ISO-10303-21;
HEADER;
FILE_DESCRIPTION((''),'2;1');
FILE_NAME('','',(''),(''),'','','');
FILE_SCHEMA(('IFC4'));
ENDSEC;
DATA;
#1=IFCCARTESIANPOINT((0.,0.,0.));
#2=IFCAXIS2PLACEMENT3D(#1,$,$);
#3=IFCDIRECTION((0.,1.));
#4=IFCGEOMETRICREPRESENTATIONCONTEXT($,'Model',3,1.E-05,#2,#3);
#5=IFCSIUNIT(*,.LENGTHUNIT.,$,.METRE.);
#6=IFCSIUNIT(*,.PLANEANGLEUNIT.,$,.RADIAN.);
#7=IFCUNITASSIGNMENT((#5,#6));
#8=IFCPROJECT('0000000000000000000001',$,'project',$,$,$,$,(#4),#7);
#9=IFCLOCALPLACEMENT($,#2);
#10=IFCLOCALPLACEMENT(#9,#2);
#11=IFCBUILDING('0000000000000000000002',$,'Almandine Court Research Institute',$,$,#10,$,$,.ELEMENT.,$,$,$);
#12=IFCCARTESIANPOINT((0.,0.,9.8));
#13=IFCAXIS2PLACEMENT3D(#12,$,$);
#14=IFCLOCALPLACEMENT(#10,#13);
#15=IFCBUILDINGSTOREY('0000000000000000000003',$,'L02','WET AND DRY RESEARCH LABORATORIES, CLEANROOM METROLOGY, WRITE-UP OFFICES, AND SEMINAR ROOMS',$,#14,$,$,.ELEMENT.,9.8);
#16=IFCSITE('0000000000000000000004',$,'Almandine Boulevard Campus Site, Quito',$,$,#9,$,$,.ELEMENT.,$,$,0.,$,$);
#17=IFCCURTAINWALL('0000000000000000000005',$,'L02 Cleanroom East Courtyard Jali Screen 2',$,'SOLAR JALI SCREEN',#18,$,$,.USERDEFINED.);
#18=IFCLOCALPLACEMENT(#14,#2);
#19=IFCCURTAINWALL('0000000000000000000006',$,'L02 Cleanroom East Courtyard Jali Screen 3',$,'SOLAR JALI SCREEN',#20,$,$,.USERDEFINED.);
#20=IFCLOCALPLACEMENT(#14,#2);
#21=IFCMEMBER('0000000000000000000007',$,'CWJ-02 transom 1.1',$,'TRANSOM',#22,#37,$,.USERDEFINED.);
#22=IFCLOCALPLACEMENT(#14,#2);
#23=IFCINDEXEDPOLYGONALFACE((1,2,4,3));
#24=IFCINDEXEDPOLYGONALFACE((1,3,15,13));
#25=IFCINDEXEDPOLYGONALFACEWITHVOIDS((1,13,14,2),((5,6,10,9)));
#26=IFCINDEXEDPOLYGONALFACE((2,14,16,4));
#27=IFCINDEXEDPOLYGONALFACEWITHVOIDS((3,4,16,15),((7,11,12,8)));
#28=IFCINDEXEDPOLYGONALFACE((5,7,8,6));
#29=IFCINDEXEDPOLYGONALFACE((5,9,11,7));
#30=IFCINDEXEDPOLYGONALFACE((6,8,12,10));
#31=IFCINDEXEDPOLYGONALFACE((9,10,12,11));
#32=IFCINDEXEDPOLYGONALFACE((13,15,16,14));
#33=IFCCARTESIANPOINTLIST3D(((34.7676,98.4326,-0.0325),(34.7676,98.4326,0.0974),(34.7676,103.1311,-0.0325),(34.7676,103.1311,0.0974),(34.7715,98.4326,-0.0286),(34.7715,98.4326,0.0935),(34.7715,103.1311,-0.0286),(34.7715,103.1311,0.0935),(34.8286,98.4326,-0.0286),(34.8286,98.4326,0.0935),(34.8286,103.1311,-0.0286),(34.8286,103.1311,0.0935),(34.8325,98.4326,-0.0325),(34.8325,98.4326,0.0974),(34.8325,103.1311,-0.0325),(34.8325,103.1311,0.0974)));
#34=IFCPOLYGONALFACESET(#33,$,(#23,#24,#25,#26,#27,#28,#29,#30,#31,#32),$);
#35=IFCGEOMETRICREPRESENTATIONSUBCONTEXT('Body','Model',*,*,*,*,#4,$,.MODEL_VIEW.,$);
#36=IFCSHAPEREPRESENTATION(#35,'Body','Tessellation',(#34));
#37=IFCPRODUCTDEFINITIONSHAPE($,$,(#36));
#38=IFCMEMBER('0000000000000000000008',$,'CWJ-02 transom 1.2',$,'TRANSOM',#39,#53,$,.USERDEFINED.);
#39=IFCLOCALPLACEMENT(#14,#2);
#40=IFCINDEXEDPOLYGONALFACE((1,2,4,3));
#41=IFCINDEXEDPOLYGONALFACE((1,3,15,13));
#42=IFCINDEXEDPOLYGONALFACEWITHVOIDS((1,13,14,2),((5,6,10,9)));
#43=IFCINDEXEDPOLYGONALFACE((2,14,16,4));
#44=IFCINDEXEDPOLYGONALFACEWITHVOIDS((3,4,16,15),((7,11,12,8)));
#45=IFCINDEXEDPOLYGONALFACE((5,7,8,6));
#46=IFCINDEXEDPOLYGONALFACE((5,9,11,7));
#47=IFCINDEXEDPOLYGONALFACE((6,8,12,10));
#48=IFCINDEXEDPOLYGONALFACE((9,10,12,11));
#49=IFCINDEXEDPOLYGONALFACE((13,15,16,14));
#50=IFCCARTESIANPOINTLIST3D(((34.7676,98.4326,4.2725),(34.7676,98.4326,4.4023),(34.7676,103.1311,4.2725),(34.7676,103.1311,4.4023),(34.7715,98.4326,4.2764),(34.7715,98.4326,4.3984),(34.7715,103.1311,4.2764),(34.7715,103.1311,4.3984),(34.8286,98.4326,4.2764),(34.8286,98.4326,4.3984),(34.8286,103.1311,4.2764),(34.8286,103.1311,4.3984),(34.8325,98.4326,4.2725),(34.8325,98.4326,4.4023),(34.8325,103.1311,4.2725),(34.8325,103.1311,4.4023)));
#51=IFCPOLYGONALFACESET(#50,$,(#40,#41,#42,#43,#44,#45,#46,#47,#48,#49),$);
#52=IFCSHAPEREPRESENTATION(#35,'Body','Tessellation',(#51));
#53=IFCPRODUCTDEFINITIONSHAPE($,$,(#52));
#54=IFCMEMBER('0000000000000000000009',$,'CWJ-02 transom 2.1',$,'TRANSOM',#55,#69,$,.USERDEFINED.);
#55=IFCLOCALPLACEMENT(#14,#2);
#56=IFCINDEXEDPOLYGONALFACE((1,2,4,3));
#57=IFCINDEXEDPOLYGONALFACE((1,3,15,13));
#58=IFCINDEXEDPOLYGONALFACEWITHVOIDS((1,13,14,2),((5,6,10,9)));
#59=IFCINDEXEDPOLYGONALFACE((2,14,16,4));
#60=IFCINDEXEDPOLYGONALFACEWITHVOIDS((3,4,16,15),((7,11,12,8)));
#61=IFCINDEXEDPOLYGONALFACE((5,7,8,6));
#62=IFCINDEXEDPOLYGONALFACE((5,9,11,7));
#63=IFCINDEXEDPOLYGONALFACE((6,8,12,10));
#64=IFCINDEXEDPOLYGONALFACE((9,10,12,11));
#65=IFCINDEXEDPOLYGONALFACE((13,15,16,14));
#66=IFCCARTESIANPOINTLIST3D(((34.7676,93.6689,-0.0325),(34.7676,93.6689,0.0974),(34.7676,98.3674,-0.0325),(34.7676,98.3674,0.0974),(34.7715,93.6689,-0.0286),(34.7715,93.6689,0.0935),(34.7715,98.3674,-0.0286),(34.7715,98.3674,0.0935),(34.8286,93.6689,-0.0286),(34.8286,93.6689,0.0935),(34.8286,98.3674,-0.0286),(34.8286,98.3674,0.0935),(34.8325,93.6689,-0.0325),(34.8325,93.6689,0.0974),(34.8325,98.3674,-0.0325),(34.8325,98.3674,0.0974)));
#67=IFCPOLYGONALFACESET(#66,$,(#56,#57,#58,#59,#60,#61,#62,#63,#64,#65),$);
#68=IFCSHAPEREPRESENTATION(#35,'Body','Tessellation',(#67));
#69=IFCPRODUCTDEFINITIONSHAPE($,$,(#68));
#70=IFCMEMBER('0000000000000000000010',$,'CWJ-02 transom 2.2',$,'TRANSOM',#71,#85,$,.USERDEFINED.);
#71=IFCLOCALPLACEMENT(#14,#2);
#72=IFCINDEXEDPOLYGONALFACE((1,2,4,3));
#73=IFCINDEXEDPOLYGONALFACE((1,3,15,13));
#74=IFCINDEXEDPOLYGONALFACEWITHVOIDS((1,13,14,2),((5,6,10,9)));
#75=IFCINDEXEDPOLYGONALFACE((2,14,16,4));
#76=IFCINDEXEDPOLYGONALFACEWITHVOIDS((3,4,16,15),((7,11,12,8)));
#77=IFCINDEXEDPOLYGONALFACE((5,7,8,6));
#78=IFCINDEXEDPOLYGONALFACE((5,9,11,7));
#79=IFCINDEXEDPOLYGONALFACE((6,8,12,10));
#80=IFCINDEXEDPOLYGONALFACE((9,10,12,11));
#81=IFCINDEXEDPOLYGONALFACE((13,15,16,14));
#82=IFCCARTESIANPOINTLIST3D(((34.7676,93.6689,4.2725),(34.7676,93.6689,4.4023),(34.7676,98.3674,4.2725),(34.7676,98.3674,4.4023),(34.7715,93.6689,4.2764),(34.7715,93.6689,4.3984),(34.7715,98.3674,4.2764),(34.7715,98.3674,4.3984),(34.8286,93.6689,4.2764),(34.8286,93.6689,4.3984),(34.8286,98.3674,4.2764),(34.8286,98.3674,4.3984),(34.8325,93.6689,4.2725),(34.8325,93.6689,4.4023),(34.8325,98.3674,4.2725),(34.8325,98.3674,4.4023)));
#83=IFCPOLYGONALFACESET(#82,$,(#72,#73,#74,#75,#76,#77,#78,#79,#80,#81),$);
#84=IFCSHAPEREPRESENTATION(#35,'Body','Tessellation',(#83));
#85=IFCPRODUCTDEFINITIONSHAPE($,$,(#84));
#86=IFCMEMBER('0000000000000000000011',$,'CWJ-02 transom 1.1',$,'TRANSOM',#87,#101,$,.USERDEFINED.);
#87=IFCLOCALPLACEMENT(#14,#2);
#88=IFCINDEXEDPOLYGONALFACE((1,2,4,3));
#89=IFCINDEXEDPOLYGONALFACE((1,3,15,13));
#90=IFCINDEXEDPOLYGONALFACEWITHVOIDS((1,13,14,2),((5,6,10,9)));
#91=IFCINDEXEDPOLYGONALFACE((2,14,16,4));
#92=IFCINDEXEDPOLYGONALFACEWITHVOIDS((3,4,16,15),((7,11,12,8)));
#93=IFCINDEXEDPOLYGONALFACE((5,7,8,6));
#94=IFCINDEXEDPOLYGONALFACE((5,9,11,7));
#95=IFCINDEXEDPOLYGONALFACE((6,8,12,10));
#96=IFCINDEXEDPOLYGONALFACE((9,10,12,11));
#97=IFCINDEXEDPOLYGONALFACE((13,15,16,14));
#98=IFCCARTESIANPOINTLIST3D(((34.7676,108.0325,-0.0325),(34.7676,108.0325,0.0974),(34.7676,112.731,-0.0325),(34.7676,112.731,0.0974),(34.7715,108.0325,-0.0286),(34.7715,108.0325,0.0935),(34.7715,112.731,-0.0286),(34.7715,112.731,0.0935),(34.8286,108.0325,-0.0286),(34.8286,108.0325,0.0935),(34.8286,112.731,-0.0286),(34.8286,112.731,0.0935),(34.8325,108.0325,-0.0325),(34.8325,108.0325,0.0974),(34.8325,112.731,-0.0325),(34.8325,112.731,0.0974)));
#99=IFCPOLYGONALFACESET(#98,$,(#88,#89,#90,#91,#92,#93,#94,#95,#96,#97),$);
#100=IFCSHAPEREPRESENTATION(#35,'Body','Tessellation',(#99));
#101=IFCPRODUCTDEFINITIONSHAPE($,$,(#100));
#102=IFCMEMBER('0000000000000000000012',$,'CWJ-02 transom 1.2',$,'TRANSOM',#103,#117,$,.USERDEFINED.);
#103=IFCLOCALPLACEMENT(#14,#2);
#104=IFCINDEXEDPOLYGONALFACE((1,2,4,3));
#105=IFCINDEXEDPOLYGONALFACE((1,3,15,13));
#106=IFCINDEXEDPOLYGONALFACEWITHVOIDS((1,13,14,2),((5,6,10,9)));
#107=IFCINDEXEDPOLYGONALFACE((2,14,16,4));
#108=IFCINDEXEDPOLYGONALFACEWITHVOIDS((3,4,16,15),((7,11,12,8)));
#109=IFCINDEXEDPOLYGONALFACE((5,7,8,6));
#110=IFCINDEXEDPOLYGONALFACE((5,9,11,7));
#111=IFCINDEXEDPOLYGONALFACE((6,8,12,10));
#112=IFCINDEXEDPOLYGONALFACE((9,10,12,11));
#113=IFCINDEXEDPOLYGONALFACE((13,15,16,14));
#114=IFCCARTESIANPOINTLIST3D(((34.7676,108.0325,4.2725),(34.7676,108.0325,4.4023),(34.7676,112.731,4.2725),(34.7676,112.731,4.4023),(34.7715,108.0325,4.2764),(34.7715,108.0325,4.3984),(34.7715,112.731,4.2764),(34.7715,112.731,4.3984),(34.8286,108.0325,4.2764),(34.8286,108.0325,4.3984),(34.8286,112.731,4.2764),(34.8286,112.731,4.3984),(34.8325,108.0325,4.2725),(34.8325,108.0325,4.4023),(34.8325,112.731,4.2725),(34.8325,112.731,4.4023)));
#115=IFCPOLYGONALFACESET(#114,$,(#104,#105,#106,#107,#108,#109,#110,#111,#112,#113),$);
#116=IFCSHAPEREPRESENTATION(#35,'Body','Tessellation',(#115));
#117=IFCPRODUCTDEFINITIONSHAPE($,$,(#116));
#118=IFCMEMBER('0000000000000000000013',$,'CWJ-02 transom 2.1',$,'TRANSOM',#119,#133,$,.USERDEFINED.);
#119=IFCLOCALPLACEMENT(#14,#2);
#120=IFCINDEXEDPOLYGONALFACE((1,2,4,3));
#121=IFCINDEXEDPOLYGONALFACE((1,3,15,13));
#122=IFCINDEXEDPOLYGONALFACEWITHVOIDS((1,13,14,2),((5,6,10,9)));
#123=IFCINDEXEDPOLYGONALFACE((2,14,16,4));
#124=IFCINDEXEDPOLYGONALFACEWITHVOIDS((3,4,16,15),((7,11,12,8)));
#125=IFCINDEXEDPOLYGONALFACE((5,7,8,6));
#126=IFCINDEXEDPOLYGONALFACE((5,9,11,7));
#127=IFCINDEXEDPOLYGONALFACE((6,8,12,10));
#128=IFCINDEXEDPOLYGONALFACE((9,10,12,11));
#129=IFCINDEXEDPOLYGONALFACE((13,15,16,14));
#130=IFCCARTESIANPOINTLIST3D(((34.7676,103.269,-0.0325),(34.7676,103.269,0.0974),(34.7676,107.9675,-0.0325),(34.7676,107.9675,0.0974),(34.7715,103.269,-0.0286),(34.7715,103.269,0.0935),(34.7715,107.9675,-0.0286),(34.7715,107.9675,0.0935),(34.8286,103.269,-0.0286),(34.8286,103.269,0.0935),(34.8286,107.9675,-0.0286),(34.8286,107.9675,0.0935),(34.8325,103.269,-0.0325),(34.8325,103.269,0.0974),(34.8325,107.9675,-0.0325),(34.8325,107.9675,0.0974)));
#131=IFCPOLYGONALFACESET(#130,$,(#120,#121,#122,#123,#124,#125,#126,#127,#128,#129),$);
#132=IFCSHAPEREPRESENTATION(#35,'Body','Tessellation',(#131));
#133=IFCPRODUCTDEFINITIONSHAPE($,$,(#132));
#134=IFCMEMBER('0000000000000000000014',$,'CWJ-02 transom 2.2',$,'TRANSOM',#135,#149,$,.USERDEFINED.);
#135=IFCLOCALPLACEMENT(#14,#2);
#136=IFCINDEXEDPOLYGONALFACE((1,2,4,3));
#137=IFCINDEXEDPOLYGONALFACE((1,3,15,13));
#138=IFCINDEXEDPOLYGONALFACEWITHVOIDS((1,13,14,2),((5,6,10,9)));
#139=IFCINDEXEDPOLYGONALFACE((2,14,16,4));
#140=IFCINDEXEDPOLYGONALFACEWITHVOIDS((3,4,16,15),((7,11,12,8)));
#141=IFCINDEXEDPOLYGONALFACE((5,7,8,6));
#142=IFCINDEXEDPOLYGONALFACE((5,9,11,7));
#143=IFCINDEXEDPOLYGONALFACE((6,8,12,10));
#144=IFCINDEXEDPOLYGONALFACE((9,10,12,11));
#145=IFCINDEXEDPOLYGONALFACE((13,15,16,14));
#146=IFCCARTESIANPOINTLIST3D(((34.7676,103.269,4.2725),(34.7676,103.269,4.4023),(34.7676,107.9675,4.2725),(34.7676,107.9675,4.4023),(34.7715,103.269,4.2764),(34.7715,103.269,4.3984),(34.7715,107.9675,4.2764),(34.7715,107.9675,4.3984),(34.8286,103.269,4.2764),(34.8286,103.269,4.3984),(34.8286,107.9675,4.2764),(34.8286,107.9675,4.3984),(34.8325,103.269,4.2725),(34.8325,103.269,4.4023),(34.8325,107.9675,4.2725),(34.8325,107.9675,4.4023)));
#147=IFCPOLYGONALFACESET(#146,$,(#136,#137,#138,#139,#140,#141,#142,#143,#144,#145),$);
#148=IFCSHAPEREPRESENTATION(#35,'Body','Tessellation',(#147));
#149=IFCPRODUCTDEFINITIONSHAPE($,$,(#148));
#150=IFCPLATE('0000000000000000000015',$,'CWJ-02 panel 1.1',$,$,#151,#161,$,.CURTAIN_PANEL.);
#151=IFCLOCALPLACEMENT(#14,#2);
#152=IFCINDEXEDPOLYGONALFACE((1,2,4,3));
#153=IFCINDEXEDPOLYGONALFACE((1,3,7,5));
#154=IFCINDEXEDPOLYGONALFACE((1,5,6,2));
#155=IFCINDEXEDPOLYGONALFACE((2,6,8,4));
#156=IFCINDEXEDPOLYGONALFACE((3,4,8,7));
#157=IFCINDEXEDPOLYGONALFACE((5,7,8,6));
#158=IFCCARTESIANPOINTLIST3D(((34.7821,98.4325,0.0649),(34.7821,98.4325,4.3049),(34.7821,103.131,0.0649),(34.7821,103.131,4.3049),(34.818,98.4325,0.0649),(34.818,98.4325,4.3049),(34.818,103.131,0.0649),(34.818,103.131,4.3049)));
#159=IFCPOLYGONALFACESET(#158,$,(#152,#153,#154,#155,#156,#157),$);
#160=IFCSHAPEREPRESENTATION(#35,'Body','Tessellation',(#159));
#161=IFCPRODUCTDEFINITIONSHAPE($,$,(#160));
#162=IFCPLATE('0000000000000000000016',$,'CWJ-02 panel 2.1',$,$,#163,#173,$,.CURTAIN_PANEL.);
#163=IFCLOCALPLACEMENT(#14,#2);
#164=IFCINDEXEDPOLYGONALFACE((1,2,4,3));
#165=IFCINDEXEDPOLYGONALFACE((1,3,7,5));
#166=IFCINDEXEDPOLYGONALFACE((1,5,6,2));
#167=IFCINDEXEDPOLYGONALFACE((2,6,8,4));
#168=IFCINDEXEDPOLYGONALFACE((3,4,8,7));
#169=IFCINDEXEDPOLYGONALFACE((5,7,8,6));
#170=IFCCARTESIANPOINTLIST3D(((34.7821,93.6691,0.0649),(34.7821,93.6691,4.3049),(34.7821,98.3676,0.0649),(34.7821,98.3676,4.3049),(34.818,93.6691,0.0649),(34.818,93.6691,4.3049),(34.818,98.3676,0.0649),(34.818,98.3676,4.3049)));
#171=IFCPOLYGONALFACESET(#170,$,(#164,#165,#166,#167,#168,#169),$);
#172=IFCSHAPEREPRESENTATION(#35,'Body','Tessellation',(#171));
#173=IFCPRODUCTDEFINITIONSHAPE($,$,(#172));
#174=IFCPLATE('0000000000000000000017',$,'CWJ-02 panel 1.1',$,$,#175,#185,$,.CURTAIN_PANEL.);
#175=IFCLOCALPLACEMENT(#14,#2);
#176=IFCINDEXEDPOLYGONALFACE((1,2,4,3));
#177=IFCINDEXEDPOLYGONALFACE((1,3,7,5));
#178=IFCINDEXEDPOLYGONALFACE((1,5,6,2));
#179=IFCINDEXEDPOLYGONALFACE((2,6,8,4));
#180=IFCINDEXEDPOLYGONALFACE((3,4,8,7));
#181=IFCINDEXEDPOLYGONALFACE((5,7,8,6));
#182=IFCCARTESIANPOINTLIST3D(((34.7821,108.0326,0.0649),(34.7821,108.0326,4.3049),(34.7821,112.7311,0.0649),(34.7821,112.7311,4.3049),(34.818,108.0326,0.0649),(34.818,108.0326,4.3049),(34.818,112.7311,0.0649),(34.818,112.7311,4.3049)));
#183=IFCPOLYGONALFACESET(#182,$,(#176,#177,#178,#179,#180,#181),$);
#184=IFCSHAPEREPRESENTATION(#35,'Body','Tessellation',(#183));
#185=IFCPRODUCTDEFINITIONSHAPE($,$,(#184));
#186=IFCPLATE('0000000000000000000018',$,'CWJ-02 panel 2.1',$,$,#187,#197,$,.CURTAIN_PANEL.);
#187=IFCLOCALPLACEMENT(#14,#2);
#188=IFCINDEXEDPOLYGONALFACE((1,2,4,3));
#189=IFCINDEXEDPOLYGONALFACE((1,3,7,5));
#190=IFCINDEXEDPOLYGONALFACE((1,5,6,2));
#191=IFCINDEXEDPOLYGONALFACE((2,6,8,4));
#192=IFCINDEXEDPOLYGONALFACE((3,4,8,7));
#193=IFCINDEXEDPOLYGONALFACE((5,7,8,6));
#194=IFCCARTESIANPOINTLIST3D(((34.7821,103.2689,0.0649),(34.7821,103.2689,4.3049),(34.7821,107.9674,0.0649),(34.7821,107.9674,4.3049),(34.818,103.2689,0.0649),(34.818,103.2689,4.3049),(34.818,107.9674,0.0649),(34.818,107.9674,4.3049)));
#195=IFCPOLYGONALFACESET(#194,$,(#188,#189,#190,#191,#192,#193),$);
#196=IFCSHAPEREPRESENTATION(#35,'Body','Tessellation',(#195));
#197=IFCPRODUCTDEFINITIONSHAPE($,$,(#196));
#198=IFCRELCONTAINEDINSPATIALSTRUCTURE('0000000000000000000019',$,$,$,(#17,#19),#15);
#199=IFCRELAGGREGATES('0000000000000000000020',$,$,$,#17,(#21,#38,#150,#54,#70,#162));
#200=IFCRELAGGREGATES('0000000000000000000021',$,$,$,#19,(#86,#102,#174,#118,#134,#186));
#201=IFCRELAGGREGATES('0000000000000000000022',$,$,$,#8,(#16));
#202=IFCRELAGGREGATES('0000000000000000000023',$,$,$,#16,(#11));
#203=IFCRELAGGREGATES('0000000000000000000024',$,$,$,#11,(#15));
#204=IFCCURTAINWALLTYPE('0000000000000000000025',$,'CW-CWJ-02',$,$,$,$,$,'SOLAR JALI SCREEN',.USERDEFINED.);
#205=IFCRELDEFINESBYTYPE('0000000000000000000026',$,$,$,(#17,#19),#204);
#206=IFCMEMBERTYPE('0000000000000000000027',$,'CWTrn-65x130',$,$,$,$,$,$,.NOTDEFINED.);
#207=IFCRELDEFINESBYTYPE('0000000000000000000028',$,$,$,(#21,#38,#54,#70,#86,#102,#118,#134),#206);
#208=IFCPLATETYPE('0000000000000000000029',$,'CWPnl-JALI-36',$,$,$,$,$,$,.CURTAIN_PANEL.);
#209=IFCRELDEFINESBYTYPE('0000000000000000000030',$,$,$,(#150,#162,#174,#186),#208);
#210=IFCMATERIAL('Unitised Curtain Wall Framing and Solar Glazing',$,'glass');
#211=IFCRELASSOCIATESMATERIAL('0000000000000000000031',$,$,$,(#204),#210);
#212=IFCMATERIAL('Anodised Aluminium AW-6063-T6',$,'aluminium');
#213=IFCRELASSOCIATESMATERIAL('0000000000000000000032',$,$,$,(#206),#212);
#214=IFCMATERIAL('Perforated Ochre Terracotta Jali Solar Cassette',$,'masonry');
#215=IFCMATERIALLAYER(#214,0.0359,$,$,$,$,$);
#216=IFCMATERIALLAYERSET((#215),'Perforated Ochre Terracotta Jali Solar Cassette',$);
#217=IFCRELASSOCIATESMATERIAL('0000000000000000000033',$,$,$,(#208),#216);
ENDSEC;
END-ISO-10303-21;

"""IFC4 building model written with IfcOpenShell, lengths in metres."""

from ifc_helpers import new_model, si_unit, direction, frame, origin, origin_2d, place, context, subcontext, project, spatial, rectangle, hollow_rectangle, extrude, material, layer, layer_set, material_profile, profile_set, type_object, element, aggregate, save


model = new_model("IFC4")

# Units and contexts
model_context = context("Model", 3, precision=1e-05, world=origin(), true_north=direction((0.0, 1.0)))
body_context = subcontext(model_context, "Body", "Model", "MODEL_VIEW")
ifc_project = project(units=[si_unit("LENGTHUNIT", "METRE"), si_unit("PLANEANGLEUNIT", "RADIAN")], contexts=[model_context])

# Site, building, storey
site_placement = place(None, origin())
site = spatial("IfcSite", under=ifc_project, at=site_placement, Name="Almandine Boulevard Campus Site, Quito", CompositionType="ELEMENT", RefElevation=0.0)
building_placement = place(site_placement, origin())
building = spatial("IfcBuilding", under=site, at=building_placement, Name="Almandine Court Research Institute", CompositionType="ELEMENT")
storey_placement = place(building_placement, frame((0.0, 0.0, 9.8)))
storey = spatial("IfcBuildingStorey", under=building, at=storey_placement, Name="L02", Description="WET AND DRY RESEARCH LABORATORIES, CLEANROOM METROLOGY, WRITE-UP OFFICES, AND SEMINAR ROOMS", CompositionType="ELEMENT", Elevation=9.8)

# Curtain walls
ifc_material_1 = material(Name="Unitised Curtain Wall Framing and Solar Glazing", Category="glass")
curtain_wall_type = type_object("IfcCurtainWallType", Name="CW-CWJ-02", ElementType="SOLAR JALI SCREEN", PredefinedType="USERDEFINED", material=ifc_material_1)
curtain_wall_1_placement = place(storey_placement, origin())
curtain_wall_1 = element("IfcCurtainWall", 1, at=curtain_wall_1_placement, inside=storey, type_object=curtain_wall_type, Name="L02 Cleanroom East Courtyard Jali Screen 2", ObjectType="SOLAR JALI SCREEN", PredefinedType="USERDEFINED")
ifc_material_2 = material(Name="Anodised Aluminium AW-6063-T6", Category="aluminium")
curtain_wall_2_placement = place(storey_placement, origin())
curtain_wall_2 = element("IfcCurtainWall", 2, at=curtain_wall_2_placement, inside=storey, type_object=curtain_wall_type, Name="L02 Cleanroom East Courtyard Jali Screen 3", ObjectType="SOLAR JALI SCREEN", PredefinedType="USERDEFINED")

# Members
ifc_material_profile_1 = material_profile(ifc_material_2, hollow_rectangle(XDim=0.0649, YDim=0.1299, WallThickness=0.0039, at=origin_2d()), Name="ALU RHS 65x130x4")
ifc_profile_set_1 = profile_set([ifc_material_profile_1], Name="Anodised Aluminium AW-6063-T6")
member_type_1 = type_object("IfcMemberType", Name="CWTrn-65x130", PredefinedType="NOTDEFINED", material=ifc_profile_set_1)
member_1_placement = place(storey_placement, frame((34.8, 103.1311, 0.0325), z_axis=(0.0, -1.0, 0.0), x_axis=(1.0, 0.0, 0.0)))
member_1 = element("IfcMember", 3, at=member_1_placement, type_object=member_type_1, Name="CWJ-02 transom 1.1", ObjectType="TRANSOM", PredefinedType="USERDEFINED", context=body_context, shape_type="SweptSolid", body=[
    extrude(hollow_rectangle(XDim=0.0649, YDim=0.1299, WallThickness=0.0039, at=origin_2d()), origin(), (0.0, 0.0, 1.0), 4.6985),
])
member_2_placement = place(storey_placement, frame((34.8, 103.1311, 4.3374), z_axis=(0.0, -1.0, 0.0), x_axis=(1.0, 0.0, 0.0)))
member_2 = element("IfcMember", 4, at=member_2_placement, type_object=member_type_1, Name="CWJ-02 transom 1.2", ObjectType="TRANSOM", PredefinedType="USERDEFINED", context=body_context, shape_type="SweptSolid", body=[
    extrude(hollow_rectangle(XDim=0.0649, YDim=0.1299, WallThickness=0.0039, at=origin_2d()), origin(), (0.0, 0.0, 1.0), 4.6985),
])
member_3_placement = place(storey_placement, frame((34.8, 98.3674, 0.0325), z_axis=(0.0, -1.0, 0.0), x_axis=(1.0, 0.0, 0.0)))
member_3 = element("IfcMember", 5, at=member_3_placement, type_object=member_type_1, Name="CWJ-02 transom 2.1", ObjectType="TRANSOM", PredefinedType="USERDEFINED", context=body_context, shape_type="SweptSolid", body=[
    extrude(hollow_rectangle(XDim=0.0649, YDim=0.1299, WallThickness=0.0039, at=origin_2d()), origin(), (0.0, 0.0, 1.0), 4.6985),
])
member_4_placement = place(storey_placement, frame((34.8, 98.3674, 4.3374), z_axis=(0.0, -1.0, 0.0), x_axis=(1.0, 0.0, 0.0)))
member_4 = element("IfcMember", 6, at=member_4_placement, type_object=member_type_1, Name="CWJ-02 transom 2.2", ObjectType="TRANSOM", PredefinedType="USERDEFINED", context=body_context, shape_type="SweptSolid", body=[
    extrude(hollow_rectangle(XDim=0.0649, YDim=0.1299, WallThickness=0.0039, at=origin_2d()), origin(), (0.0, 0.0, 1.0), 4.6985),
])
member_5_placement = place(storey_placement, frame((34.8, 112.731, 0.0325), z_axis=(0.0, -1.0, 0.0), x_axis=(1.0, 0.0, 0.0)))
member_5 = element("IfcMember", 7, at=member_5_placement, type_object=member_type_1, Name="CWJ-02 transom 1.1", ObjectType="TRANSOM", PredefinedType="USERDEFINED", context=body_context, shape_type="SweptSolid", body=[
    extrude(hollow_rectangle(XDim=0.0649, YDim=0.1299, WallThickness=0.0039, at=origin_2d()), origin(), (0.0, 0.0, 1.0), 4.6985),
])
member_6_placement = place(storey_placement, frame((34.8, 112.731, 4.3374), z_axis=(0.0, -1.0, 0.0), x_axis=(1.0, 0.0, 0.0)))
member_6 = element("IfcMember", 8, at=member_6_placement, type_object=member_type_1, Name="CWJ-02 transom 1.2", ObjectType="TRANSOM", PredefinedType="USERDEFINED", context=body_context, shape_type="SweptSolid", body=[
    extrude(hollow_rectangle(XDim=0.0649, YDim=0.1299, WallThickness=0.0039, at=origin_2d()), origin(), (0.0, 0.0, 1.0), 4.6985),
])
member_7_placement = place(storey_placement, frame((34.8, 107.9675, 0.0325), z_axis=(0.0, -1.0, 0.0), x_axis=(1.0, 0.0, 0.0)))
member_7 = element("IfcMember", 9, at=member_7_placement, type_object=member_type_1, Name="CWJ-02 transom 2.1", ObjectType="TRANSOM", PredefinedType="USERDEFINED", context=body_context, shape_type="SweptSolid", body=[
    extrude(hollow_rectangle(XDim=0.0649, YDim=0.1299, WallThickness=0.0039, at=origin_2d()), origin(), (0.0, 0.0, 1.0), 4.6985),
])
member_8_placement = place(storey_placement, frame((34.8, 107.9675, 4.3374), z_axis=(0.0, -1.0, 0.0), x_axis=(1.0, 0.0, 0.0)))
member_8 = element("IfcMember", 10, at=member_8_placement, type_object=member_type_1, Name="CWJ-02 transom 2.2", ObjectType="TRANSOM", PredefinedType="USERDEFINED", context=body_context, shape_type="SweptSolid", body=[
    extrude(hollow_rectangle(XDim=0.0649, YDim=0.1299, WallThickness=0.0039, at=origin_2d()), origin(), (0.0, 0.0, 1.0), 4.6985),
])

# Plates
ifc_material_3 = material(Name="Perforated Ochre Terracotta Jali Solar Cassette", Category="masonry")
ifc_layer = layer(ifc_material_3, 0.0359)
ifc_layer_set = layer_set([ifc_layer], Name="Perforated Ochre Terracotta Jali Solar Cassette")
plate_type = type_object("IfcPlateType", Name="CWPnl-JALI-36", PredefinedType="CURTAIN_PANEL", material=ifc_layer_set)
plate_1_placement = place(storey_placement, frame((34.8, 100.7817, 0.0649), z_axis=(0.0, 0.0, 1.0), x_axis=(0.0, -1.0, 0.0)))
plate_1 = element("IfcPlate", 11, at=plate_1_placement, type_object=plate_type, Name="CWJ-02 panel 1.1", PredefinedType="CURTAIN_PANEL", context=body_context, shape_type="SweptSolid", body=[
    extrude(rectangle(XDim=4.6985, YDim=0.0359, at=origin_2d()), origin(), (0.0, 0.0, 1.0), 4.24),
])
plate_2_placement = place(storey_placement, frame((34.8, 96.0183, 0.0649), z_axis=(0.0, 0.0, 1.0), x_axis=(0.0, -1.0, 0.0)))
plate_2 = element("IfcPlate", 12, at=plate_2_placement, type_object=plate_type, Name="CWJ-02 panel 2.1", PredefinedType="CURTAIN_PANEL", context=body_context, shape_type="SweptSolid", body=[
    extrude(rectangle(XDim=4.6985, YDim=0.0359, at=origin_2d()), origin(), (0.0, 0.0, 1.0), 4.24),
])
aggregate(curtain_wall_1, [member_1, member_2, plate_1, member_3, member_4, plate_2])
plate_3_placement = place(storey_placement, frame((34.8, 110.3818, 0.0649), z_axis=(0.0, 0.0, 1.0), x_axis=(0.0, -1.0, 0.0)))
plate_3 = element("IfcPlate", 13, at=plate_3_placement, type_object=plate_type, Name="CWJ-02 panel 1.1", PredefinedType="CURTAIN_PANEL", context=body_context, shape_type="SweptSolid", body=[
    extrude(rectangle(XDim=4.6985, YDim=0.0359, at=origin_2d()), origin(), (0.0, 0.0, 1.0), 4.24),
])
plate_4_placement = place(storey_placement, frame((34.8, 105.6182, 0.0649), z_axis=(0.0, 0.0, 1.0), x_axis=(0.0, -1.0, 0.0)))
plate_4 = element("IfcPlate", 14, at=plate_4_placement, type_object=plate_type, Name="CWJ-02 panel 2.1", PredefinedType="CURTAIN_PANEL", context=body_context, shape_type="SweptSolid", body=[
    extrude(rectangle(XDim=4.6985, YDim=0.0359, at=origin_2d()), origin(), (0.0, 0.0, 1.0), 4.24),
])
aggregate(curtain_wall_2, [member_5, member_6, plate_3, member_7, member_8, plate_4])

save(model, "model.ifc")
